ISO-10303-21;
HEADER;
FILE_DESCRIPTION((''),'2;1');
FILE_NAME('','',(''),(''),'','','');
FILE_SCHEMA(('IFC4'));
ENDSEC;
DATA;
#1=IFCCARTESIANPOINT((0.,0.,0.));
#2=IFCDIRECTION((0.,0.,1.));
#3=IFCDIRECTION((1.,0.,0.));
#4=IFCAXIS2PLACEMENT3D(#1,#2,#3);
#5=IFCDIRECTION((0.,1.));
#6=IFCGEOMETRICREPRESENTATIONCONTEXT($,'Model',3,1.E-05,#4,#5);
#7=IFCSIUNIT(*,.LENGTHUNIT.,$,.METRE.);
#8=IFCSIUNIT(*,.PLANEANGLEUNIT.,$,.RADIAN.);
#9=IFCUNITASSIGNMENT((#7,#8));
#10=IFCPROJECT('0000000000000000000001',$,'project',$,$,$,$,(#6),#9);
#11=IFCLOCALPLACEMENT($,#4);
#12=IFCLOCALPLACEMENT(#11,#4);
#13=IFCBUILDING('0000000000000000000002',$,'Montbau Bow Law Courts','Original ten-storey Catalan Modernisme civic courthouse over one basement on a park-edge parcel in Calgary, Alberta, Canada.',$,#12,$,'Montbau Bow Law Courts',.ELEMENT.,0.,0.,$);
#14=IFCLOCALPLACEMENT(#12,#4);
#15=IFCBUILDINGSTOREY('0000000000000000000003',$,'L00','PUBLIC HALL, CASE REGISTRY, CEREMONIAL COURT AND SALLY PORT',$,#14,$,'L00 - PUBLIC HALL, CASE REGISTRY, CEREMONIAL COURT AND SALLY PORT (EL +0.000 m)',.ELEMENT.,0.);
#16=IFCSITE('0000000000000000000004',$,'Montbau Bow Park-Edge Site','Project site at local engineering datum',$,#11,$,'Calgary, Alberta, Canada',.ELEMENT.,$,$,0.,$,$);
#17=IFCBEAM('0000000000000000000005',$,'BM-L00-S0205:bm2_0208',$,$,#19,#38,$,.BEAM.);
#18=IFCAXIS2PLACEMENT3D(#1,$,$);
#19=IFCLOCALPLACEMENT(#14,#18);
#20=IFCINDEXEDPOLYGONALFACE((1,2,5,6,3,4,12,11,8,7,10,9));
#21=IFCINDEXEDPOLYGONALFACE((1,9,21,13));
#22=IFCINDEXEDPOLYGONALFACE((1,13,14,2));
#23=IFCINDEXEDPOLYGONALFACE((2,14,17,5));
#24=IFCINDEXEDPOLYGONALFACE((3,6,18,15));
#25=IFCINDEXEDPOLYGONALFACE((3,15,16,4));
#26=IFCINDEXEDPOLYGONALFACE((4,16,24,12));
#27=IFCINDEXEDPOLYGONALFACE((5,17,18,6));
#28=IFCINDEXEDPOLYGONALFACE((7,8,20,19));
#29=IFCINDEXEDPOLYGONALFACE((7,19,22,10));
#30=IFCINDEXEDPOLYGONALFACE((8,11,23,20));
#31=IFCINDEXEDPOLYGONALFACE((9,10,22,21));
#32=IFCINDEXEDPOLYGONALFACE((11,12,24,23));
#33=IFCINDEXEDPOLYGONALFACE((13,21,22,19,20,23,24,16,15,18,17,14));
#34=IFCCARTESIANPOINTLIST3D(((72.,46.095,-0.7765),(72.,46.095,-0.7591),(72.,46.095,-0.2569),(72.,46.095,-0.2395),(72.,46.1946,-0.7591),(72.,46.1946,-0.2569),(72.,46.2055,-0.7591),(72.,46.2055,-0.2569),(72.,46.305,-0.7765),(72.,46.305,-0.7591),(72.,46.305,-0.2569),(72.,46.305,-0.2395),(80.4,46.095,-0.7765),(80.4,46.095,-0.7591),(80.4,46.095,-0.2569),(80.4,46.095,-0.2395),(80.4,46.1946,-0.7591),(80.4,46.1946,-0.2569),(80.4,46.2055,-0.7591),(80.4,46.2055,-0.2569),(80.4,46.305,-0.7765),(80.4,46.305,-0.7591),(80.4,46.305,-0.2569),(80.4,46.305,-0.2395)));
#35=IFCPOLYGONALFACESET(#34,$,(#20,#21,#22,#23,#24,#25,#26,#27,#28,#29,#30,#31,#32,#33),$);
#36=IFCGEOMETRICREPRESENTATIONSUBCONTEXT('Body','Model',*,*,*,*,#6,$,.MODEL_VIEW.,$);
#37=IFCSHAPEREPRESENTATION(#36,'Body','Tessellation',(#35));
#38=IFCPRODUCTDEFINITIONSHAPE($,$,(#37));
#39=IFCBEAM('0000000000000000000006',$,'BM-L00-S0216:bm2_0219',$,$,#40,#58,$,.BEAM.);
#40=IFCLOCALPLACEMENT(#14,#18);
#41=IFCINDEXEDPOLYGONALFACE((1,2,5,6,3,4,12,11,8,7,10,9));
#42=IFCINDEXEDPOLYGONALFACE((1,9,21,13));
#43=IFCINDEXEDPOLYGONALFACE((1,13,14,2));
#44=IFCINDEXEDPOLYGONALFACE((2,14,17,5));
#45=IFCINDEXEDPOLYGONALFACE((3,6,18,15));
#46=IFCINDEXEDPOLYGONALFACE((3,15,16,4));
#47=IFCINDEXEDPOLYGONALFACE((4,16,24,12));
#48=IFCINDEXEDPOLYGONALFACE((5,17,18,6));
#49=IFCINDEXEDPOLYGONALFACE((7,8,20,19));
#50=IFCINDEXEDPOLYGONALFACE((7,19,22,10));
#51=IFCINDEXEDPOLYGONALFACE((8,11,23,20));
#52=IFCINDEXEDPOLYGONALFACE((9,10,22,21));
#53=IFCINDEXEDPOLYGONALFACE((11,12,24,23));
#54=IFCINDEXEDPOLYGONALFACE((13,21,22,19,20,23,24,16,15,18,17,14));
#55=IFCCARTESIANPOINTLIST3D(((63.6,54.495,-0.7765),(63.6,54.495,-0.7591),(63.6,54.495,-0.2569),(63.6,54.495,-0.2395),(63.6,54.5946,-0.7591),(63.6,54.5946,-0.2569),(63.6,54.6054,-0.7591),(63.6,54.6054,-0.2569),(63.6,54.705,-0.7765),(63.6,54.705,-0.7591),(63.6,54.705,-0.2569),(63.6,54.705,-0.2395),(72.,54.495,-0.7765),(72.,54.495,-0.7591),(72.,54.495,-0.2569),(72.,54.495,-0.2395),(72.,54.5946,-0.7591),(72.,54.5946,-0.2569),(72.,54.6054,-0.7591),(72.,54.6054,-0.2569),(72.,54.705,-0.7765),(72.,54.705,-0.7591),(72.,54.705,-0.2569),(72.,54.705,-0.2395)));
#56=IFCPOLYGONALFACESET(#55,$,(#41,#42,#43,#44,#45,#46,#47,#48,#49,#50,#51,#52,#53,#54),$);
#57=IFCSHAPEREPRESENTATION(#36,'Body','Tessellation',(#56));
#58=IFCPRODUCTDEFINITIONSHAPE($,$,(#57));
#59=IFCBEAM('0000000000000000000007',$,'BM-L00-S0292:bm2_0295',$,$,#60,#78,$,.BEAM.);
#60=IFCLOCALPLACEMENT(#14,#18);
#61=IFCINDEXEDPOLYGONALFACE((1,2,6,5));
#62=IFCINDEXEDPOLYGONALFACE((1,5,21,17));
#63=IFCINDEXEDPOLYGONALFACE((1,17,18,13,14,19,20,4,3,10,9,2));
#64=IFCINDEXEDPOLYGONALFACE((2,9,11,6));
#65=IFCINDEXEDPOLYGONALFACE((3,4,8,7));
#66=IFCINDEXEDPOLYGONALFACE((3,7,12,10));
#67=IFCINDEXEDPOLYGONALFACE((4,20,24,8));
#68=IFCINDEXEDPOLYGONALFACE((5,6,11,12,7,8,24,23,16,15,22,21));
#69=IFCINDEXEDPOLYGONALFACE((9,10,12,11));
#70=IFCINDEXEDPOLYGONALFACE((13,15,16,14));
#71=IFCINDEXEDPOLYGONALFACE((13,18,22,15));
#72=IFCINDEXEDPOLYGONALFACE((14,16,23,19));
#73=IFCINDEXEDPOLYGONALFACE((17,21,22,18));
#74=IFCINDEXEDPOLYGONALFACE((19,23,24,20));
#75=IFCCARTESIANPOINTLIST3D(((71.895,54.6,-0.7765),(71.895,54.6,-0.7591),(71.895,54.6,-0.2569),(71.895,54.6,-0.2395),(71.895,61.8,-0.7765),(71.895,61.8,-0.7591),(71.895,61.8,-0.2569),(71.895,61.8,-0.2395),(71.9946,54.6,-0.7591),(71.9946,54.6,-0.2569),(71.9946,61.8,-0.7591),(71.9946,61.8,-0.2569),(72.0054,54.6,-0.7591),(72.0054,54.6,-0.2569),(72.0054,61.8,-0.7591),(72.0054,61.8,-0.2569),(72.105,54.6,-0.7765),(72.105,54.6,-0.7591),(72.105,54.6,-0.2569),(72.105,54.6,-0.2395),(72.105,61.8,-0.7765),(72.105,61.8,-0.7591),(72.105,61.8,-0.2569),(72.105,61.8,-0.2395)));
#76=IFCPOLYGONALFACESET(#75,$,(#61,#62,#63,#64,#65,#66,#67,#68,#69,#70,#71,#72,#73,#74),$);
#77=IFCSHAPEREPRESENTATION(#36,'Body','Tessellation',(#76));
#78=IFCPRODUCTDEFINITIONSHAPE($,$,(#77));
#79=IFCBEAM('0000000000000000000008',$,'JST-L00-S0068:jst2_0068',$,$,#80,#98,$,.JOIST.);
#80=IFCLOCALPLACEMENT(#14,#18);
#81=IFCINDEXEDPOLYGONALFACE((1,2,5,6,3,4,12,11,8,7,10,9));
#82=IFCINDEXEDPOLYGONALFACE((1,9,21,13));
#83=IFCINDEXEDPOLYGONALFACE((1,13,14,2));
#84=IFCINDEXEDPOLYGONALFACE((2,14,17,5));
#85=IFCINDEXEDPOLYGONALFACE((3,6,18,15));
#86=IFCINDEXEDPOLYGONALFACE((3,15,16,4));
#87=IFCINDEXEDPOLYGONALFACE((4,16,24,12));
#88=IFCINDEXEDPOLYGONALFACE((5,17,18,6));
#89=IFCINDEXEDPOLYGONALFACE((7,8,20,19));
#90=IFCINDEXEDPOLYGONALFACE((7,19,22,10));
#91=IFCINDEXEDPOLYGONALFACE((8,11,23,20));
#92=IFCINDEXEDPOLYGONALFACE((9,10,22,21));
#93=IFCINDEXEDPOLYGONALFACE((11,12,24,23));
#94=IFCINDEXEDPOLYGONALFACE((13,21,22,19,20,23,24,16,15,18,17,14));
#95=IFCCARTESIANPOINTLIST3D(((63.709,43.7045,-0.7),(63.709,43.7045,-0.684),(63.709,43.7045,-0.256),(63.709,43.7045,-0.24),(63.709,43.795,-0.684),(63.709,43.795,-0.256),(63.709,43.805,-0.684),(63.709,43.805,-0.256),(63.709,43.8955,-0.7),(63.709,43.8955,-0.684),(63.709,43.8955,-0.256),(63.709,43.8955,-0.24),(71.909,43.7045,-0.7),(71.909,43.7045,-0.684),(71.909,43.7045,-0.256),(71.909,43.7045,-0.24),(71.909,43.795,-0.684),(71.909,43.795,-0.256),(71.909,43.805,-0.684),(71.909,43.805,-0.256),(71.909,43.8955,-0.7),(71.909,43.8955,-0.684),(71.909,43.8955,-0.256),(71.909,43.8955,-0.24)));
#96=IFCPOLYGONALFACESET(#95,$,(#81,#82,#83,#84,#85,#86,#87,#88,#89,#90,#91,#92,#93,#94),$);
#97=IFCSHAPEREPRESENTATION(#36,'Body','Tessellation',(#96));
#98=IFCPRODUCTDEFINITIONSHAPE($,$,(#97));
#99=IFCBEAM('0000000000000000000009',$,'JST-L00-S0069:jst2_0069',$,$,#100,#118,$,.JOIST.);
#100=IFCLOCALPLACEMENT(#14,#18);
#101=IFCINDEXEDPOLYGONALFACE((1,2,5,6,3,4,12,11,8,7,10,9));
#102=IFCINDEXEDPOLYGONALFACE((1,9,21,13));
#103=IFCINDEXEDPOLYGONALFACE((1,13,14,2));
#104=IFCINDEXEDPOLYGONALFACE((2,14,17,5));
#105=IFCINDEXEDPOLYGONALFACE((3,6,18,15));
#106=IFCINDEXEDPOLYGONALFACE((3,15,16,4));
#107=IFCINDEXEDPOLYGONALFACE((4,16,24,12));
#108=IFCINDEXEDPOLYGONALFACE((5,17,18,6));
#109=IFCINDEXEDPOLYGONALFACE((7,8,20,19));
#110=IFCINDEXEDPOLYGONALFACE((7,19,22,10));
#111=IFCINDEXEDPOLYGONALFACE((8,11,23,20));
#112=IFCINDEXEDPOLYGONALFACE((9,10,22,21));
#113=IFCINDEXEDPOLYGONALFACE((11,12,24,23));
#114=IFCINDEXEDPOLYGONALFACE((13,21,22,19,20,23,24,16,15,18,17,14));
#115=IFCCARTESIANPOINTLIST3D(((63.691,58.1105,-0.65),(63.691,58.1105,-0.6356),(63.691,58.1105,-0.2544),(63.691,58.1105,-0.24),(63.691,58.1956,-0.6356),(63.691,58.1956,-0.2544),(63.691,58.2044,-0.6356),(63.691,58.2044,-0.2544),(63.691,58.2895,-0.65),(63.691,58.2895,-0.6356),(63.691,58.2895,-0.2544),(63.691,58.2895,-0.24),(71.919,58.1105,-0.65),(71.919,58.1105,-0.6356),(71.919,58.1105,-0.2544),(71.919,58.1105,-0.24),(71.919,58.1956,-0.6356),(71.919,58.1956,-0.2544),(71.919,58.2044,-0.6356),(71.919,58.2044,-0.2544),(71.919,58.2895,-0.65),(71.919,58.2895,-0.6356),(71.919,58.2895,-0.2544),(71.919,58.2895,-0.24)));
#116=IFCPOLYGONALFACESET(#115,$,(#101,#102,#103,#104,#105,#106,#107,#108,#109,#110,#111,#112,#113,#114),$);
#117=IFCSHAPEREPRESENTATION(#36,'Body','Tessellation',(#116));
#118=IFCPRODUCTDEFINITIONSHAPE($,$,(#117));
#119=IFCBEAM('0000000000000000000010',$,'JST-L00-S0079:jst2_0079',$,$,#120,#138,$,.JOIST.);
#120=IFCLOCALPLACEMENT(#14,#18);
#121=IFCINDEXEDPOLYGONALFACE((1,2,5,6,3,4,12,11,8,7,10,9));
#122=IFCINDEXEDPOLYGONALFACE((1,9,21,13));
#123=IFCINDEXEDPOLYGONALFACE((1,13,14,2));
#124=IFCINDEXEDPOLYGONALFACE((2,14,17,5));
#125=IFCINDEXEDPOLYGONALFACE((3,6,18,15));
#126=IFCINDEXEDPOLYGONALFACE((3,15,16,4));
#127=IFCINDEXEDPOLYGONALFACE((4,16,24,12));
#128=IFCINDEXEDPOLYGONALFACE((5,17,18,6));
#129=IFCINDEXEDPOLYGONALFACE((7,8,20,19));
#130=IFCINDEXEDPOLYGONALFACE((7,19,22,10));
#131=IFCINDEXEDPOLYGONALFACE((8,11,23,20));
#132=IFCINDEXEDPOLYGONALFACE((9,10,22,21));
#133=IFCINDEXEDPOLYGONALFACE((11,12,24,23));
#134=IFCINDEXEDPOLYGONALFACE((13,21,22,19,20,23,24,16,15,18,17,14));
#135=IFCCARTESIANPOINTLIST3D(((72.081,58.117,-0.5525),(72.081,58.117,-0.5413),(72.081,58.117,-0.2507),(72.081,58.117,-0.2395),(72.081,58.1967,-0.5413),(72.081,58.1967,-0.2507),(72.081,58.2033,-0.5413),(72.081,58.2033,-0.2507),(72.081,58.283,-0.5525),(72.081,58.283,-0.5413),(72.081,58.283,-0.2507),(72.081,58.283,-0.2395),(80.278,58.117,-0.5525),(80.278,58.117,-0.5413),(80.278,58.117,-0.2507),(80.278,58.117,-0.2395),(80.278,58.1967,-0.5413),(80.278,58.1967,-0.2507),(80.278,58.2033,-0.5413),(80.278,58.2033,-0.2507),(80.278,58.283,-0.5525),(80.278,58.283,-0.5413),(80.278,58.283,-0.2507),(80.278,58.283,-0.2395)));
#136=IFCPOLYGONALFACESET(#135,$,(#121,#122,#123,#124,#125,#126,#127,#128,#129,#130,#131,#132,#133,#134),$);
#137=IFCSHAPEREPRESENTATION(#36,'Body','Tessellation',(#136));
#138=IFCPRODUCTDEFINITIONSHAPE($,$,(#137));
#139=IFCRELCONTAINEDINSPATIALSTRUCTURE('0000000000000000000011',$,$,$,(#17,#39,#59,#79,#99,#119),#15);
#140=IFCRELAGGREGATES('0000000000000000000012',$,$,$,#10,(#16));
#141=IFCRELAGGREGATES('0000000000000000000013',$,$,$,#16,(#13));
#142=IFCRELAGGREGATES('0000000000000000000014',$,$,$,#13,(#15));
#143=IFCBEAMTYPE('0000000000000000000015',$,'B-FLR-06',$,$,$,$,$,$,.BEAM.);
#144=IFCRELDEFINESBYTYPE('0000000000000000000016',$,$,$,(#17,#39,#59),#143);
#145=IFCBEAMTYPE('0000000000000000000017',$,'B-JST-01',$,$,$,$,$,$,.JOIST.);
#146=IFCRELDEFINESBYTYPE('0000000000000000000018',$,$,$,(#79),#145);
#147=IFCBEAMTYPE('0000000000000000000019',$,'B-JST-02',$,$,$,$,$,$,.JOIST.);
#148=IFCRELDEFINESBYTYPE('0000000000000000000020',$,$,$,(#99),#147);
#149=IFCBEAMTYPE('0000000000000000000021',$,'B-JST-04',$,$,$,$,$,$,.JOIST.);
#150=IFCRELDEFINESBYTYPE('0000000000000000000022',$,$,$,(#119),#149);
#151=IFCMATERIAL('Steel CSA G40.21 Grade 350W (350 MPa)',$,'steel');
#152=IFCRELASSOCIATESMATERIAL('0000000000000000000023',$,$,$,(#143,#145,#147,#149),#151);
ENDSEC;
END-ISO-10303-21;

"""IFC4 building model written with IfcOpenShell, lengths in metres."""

from ifc_helpers import new_model, si_unit, direction, frame, origin_with_axes, origin_2d_with_axis, place, context, subcontext, project, spatial, i_section, extrude, material, material_profile, profile_set, type_object, element, save


model = new_model("IFC4")

# Units and contexts
model_context = context("Model", 3, precision=1e-05, world=origin_with_axes(), true_north=direction((0.0, 1.0)))
body_context = subcontext(model_context, "Body", "Model", "MODEL_VIEW")
ifc_project = project(units=[si_unit("LENGTHUNIT", "METRE"), si_unit("PLANEANGLEUNIT", "RADIAN")], contexts=[model_context])

# Site, building, storey
site_placement = place(None, origin_with_axes())
site = spatial("IfcSite", under=ifc_project, at=site_placement, Name="Montbau Bow Park-Edge Site", Description="Project site at local engineering datum", LongName="Calgary, Alberta, Canada", CompositionType="ELEMENT", RefElevation=0.0)
building_placement = place(site_placement, origin_with_axes())
building = spatial("IfcBuilding", under=site, at=building_placement, Name="Montbau Bow Law Courts", Description="Original ten-storey Catalan Modernisme civic courthouse over one basement on a park-edge parcel in Calgary, Alberta, Canada.", LongName="Montbau Bow Law Courts", CompositionType="ELEMENT", ElevationOfRefHeight=0.0, ElevationOfTerrain=0.0)
storey_placement = place(building_placement, origin_with_axes())
storey = spatial("IfcBuildingStorey", under=building, at=storey_placement, Name="L00", Description="PUBLIC HALL, CASE REGISTRY, CEREMONIAL COURT AND SALLY PORT", LongName="L00 - PUBLIC HALL, CASE REGISTRY, CEREMONIAL COURT AND SALLY PORT (EL +0.000 m)", CompositionType="ELEMENT", Elevation=0.0)

# Shared definitions
ifc_material_1 = material(Name="Steel CSA G40.21 Grade 350W (350 MPa)", Category="steel")

# Beams
ifc_material_profile_1 = material_profile(ifc_material_1, i_section(OverallWidth=0.21, OverallDepth=0.537, WebThickness=0.0109, FlangeThickness=0.0174, at=origin_2d_with_axis()), Name="W530X101", Category="Main", Priority=0)
ifc_profile_set_1 = profile_set([ifc_material_profile_1], Name="Steel CSA G40.21 Grade 350W (350 MPa)")
beam_type_1 = type_object("IfcBeamType", Name="B-FLR-06", PredefinedType="BEAM", material=ifc_profile_set_1)
for number, where, z_axis, x_axis, name in (
    (1, (72.0, 46.2, -0.508), (1.0, 0.0, 0.0), (0.0, 1.0, 0.0), "BM-L00-S0205:bm2_0208"),
    (2, (63.6, 54.6, -0.508), (1.0, 0.0, 0.0), (0.0, 1.0, 0.0), "BM-L00-S0216:bm2_0219"),
):
    element("IfcBeam", number, at=place(None, frame(where, z_axis=z_axis, x_axis=x_axis)), inside=storey, type_object=beam_type_1, Name=name, PredefinedType="BEAM", context=body_context, shape_type="SweptSolid", body=[
        extrude(i_section(OverallWidth=0.21, OverallDepth=0.537, WebThickness=0.0109, FlangeThickness=0.0174, at=origin_2d_with_axis()), origin_with_axes(), (0.0, 0.0, 1.0), 8.4),
    ])
beam_1_placement = place(None, frame((72.0, 54.6, -0.508), z_axis=(0.0, 1.0, 0.0), x_axis=(-1.0, 0.0, 0.0)))
element("IfcBeam", 3, at=beam_1_placement, inside=storey, type_object=beam_type_1, Name="BM-L00-S0292:bm2_0295", PredefinedType="BEAM", context=body_context, shape_type="SweptSolid", body=[
    extrude(i_section(OverallWidth=0.21, OverallDepth=0.537, WebThickness=0.0109, FlangeThickness=0.0174, at=origin_2d_with_axis()), origin_with_axes(), (0.0, 0.0, 1.0), 7.2),
])
ifc_material_profile_2 = material_profile(ifc_material_1, i_section(OverallWidth=0.191, OverallDepth=0.46, WebThickness=0.0099, FlangeThickness=0.016, at=origin_2d_with_axis()), Name="W460X82", Category="Main", Priority=0)
ifc_profile_set_2 = profile_set([ifc_material_profile_2], Name="Steel CSA G40.21 Grade 350W (350 MPa)")
beam_type_2 = type_object("IfcBeamType", Name="B-JST-01", PredefinedType="JOIST", material=ifc_profile_set_2)
beam_2_placement = place(None, frame((63.709, 43.8, -0.47), z_axis=(1.0, 0.0, 0.0), x_axis=(0.0, 1.0, 0.0)))
element("IfcBeam", 4, at=beam_2_placement, inside=storey, type_object=beam_type_2, Name="JST-L00-S0068:jst2_0068", PredefinedType="JOIST", context=body_context, shape_type="SweptSolid", body=[
    extrude(i_section(OverallWidth=0.191, OverallDepth=0.46, WebThickness=0.0099, FlangeThickness=0.016, at=origin_2d_with_axis()), origin_with_axes(), (0.0, 0.0, 1.0), 8.2),
])
ifc_material_profile_3 = material_profile(ifc_material_1, i_section(OverallWidth=0.179, OverallDepth=0.41, WebThickness=0.0088, FlangeThickness=0.0144, at=origin_2d_with_axis()), Name="W410X67", Category="Main", Priority=0)
ifc_profile_set_3 = profile_set([ifc_material_profile_3], Name="Steel CSA G40.21 Grade 350W (350 MPa)")
beam_type_3 = type_object("IfcBeamType", Name="B-JST-02", PredefinedType="JOIST", material=ifc_profile_set_3)
beam_3_placement = place(None, frame((63.691, 58.2, -0.445), z_axis=(1.0, 0.0, 0.0), x_axis=(0.0, 1.0, 0.0)))
element("IfcBeam", 5, at=beam_3_placement, inside=storey, type_object=beam_type_3, Name="JST-L00-S0069:jst2_0069", PredefinedType="JOIST", context=body_context, shape_type="SweptSolid", body=[
    extrude(i_section(OverallWidth=0.179, OverallDepth=0.41, WebThickness=0.0088, FlangeThickness=0.0144, at=origin_2d_with_axis()), origin_with_axes(), (0.0, 0.0, 1.0), 8.228),
])
ifc_material_profile_4 = material_profile(ifc_material_1, i_section(OverallWidth=0.166, OverallDepth=0.313, WebThickness=0.0066, FlangeThickness=0.0112, at=origin_2d_with_axis()), Name="W310X45", Category="Main", Priority=0)
ifc_profile_set_4 = profile_set([ifc_material_profile_4], Name="Steel CSA G40.21 Grade 350W (350 MPa)")
beam_type_4 = type_object("IfcBeamType", Name="B-JST-04", PredefinedType="JOIST", material=ifc_profile_set_4)
beam_4_placement = place(None, frame((72.081, 58.2, -0.396), z_axis=(1.0, 0.0, 0.0), x_axis=(0.0, 1.0, 0.0)))
element("IfcBeam", 6, at=beam_4_placement, inside=storey, type_object=beam_type_4, Name="JST-L00-S0079:jst2_0079", PredefinedType="JOIST", context=body_context, shape_type="SweptSolid", body=[
    extrude(i_section(OverallWidth=0.166, OverallDepth=0.313, WebThickness=0.0066, FlangeThickness=0.0112, at=origin_2d_with_axis()), origin_with_axes(), (0.0, 0.0, 1.0), 8.197),
])

save(model, "model.ifc")
